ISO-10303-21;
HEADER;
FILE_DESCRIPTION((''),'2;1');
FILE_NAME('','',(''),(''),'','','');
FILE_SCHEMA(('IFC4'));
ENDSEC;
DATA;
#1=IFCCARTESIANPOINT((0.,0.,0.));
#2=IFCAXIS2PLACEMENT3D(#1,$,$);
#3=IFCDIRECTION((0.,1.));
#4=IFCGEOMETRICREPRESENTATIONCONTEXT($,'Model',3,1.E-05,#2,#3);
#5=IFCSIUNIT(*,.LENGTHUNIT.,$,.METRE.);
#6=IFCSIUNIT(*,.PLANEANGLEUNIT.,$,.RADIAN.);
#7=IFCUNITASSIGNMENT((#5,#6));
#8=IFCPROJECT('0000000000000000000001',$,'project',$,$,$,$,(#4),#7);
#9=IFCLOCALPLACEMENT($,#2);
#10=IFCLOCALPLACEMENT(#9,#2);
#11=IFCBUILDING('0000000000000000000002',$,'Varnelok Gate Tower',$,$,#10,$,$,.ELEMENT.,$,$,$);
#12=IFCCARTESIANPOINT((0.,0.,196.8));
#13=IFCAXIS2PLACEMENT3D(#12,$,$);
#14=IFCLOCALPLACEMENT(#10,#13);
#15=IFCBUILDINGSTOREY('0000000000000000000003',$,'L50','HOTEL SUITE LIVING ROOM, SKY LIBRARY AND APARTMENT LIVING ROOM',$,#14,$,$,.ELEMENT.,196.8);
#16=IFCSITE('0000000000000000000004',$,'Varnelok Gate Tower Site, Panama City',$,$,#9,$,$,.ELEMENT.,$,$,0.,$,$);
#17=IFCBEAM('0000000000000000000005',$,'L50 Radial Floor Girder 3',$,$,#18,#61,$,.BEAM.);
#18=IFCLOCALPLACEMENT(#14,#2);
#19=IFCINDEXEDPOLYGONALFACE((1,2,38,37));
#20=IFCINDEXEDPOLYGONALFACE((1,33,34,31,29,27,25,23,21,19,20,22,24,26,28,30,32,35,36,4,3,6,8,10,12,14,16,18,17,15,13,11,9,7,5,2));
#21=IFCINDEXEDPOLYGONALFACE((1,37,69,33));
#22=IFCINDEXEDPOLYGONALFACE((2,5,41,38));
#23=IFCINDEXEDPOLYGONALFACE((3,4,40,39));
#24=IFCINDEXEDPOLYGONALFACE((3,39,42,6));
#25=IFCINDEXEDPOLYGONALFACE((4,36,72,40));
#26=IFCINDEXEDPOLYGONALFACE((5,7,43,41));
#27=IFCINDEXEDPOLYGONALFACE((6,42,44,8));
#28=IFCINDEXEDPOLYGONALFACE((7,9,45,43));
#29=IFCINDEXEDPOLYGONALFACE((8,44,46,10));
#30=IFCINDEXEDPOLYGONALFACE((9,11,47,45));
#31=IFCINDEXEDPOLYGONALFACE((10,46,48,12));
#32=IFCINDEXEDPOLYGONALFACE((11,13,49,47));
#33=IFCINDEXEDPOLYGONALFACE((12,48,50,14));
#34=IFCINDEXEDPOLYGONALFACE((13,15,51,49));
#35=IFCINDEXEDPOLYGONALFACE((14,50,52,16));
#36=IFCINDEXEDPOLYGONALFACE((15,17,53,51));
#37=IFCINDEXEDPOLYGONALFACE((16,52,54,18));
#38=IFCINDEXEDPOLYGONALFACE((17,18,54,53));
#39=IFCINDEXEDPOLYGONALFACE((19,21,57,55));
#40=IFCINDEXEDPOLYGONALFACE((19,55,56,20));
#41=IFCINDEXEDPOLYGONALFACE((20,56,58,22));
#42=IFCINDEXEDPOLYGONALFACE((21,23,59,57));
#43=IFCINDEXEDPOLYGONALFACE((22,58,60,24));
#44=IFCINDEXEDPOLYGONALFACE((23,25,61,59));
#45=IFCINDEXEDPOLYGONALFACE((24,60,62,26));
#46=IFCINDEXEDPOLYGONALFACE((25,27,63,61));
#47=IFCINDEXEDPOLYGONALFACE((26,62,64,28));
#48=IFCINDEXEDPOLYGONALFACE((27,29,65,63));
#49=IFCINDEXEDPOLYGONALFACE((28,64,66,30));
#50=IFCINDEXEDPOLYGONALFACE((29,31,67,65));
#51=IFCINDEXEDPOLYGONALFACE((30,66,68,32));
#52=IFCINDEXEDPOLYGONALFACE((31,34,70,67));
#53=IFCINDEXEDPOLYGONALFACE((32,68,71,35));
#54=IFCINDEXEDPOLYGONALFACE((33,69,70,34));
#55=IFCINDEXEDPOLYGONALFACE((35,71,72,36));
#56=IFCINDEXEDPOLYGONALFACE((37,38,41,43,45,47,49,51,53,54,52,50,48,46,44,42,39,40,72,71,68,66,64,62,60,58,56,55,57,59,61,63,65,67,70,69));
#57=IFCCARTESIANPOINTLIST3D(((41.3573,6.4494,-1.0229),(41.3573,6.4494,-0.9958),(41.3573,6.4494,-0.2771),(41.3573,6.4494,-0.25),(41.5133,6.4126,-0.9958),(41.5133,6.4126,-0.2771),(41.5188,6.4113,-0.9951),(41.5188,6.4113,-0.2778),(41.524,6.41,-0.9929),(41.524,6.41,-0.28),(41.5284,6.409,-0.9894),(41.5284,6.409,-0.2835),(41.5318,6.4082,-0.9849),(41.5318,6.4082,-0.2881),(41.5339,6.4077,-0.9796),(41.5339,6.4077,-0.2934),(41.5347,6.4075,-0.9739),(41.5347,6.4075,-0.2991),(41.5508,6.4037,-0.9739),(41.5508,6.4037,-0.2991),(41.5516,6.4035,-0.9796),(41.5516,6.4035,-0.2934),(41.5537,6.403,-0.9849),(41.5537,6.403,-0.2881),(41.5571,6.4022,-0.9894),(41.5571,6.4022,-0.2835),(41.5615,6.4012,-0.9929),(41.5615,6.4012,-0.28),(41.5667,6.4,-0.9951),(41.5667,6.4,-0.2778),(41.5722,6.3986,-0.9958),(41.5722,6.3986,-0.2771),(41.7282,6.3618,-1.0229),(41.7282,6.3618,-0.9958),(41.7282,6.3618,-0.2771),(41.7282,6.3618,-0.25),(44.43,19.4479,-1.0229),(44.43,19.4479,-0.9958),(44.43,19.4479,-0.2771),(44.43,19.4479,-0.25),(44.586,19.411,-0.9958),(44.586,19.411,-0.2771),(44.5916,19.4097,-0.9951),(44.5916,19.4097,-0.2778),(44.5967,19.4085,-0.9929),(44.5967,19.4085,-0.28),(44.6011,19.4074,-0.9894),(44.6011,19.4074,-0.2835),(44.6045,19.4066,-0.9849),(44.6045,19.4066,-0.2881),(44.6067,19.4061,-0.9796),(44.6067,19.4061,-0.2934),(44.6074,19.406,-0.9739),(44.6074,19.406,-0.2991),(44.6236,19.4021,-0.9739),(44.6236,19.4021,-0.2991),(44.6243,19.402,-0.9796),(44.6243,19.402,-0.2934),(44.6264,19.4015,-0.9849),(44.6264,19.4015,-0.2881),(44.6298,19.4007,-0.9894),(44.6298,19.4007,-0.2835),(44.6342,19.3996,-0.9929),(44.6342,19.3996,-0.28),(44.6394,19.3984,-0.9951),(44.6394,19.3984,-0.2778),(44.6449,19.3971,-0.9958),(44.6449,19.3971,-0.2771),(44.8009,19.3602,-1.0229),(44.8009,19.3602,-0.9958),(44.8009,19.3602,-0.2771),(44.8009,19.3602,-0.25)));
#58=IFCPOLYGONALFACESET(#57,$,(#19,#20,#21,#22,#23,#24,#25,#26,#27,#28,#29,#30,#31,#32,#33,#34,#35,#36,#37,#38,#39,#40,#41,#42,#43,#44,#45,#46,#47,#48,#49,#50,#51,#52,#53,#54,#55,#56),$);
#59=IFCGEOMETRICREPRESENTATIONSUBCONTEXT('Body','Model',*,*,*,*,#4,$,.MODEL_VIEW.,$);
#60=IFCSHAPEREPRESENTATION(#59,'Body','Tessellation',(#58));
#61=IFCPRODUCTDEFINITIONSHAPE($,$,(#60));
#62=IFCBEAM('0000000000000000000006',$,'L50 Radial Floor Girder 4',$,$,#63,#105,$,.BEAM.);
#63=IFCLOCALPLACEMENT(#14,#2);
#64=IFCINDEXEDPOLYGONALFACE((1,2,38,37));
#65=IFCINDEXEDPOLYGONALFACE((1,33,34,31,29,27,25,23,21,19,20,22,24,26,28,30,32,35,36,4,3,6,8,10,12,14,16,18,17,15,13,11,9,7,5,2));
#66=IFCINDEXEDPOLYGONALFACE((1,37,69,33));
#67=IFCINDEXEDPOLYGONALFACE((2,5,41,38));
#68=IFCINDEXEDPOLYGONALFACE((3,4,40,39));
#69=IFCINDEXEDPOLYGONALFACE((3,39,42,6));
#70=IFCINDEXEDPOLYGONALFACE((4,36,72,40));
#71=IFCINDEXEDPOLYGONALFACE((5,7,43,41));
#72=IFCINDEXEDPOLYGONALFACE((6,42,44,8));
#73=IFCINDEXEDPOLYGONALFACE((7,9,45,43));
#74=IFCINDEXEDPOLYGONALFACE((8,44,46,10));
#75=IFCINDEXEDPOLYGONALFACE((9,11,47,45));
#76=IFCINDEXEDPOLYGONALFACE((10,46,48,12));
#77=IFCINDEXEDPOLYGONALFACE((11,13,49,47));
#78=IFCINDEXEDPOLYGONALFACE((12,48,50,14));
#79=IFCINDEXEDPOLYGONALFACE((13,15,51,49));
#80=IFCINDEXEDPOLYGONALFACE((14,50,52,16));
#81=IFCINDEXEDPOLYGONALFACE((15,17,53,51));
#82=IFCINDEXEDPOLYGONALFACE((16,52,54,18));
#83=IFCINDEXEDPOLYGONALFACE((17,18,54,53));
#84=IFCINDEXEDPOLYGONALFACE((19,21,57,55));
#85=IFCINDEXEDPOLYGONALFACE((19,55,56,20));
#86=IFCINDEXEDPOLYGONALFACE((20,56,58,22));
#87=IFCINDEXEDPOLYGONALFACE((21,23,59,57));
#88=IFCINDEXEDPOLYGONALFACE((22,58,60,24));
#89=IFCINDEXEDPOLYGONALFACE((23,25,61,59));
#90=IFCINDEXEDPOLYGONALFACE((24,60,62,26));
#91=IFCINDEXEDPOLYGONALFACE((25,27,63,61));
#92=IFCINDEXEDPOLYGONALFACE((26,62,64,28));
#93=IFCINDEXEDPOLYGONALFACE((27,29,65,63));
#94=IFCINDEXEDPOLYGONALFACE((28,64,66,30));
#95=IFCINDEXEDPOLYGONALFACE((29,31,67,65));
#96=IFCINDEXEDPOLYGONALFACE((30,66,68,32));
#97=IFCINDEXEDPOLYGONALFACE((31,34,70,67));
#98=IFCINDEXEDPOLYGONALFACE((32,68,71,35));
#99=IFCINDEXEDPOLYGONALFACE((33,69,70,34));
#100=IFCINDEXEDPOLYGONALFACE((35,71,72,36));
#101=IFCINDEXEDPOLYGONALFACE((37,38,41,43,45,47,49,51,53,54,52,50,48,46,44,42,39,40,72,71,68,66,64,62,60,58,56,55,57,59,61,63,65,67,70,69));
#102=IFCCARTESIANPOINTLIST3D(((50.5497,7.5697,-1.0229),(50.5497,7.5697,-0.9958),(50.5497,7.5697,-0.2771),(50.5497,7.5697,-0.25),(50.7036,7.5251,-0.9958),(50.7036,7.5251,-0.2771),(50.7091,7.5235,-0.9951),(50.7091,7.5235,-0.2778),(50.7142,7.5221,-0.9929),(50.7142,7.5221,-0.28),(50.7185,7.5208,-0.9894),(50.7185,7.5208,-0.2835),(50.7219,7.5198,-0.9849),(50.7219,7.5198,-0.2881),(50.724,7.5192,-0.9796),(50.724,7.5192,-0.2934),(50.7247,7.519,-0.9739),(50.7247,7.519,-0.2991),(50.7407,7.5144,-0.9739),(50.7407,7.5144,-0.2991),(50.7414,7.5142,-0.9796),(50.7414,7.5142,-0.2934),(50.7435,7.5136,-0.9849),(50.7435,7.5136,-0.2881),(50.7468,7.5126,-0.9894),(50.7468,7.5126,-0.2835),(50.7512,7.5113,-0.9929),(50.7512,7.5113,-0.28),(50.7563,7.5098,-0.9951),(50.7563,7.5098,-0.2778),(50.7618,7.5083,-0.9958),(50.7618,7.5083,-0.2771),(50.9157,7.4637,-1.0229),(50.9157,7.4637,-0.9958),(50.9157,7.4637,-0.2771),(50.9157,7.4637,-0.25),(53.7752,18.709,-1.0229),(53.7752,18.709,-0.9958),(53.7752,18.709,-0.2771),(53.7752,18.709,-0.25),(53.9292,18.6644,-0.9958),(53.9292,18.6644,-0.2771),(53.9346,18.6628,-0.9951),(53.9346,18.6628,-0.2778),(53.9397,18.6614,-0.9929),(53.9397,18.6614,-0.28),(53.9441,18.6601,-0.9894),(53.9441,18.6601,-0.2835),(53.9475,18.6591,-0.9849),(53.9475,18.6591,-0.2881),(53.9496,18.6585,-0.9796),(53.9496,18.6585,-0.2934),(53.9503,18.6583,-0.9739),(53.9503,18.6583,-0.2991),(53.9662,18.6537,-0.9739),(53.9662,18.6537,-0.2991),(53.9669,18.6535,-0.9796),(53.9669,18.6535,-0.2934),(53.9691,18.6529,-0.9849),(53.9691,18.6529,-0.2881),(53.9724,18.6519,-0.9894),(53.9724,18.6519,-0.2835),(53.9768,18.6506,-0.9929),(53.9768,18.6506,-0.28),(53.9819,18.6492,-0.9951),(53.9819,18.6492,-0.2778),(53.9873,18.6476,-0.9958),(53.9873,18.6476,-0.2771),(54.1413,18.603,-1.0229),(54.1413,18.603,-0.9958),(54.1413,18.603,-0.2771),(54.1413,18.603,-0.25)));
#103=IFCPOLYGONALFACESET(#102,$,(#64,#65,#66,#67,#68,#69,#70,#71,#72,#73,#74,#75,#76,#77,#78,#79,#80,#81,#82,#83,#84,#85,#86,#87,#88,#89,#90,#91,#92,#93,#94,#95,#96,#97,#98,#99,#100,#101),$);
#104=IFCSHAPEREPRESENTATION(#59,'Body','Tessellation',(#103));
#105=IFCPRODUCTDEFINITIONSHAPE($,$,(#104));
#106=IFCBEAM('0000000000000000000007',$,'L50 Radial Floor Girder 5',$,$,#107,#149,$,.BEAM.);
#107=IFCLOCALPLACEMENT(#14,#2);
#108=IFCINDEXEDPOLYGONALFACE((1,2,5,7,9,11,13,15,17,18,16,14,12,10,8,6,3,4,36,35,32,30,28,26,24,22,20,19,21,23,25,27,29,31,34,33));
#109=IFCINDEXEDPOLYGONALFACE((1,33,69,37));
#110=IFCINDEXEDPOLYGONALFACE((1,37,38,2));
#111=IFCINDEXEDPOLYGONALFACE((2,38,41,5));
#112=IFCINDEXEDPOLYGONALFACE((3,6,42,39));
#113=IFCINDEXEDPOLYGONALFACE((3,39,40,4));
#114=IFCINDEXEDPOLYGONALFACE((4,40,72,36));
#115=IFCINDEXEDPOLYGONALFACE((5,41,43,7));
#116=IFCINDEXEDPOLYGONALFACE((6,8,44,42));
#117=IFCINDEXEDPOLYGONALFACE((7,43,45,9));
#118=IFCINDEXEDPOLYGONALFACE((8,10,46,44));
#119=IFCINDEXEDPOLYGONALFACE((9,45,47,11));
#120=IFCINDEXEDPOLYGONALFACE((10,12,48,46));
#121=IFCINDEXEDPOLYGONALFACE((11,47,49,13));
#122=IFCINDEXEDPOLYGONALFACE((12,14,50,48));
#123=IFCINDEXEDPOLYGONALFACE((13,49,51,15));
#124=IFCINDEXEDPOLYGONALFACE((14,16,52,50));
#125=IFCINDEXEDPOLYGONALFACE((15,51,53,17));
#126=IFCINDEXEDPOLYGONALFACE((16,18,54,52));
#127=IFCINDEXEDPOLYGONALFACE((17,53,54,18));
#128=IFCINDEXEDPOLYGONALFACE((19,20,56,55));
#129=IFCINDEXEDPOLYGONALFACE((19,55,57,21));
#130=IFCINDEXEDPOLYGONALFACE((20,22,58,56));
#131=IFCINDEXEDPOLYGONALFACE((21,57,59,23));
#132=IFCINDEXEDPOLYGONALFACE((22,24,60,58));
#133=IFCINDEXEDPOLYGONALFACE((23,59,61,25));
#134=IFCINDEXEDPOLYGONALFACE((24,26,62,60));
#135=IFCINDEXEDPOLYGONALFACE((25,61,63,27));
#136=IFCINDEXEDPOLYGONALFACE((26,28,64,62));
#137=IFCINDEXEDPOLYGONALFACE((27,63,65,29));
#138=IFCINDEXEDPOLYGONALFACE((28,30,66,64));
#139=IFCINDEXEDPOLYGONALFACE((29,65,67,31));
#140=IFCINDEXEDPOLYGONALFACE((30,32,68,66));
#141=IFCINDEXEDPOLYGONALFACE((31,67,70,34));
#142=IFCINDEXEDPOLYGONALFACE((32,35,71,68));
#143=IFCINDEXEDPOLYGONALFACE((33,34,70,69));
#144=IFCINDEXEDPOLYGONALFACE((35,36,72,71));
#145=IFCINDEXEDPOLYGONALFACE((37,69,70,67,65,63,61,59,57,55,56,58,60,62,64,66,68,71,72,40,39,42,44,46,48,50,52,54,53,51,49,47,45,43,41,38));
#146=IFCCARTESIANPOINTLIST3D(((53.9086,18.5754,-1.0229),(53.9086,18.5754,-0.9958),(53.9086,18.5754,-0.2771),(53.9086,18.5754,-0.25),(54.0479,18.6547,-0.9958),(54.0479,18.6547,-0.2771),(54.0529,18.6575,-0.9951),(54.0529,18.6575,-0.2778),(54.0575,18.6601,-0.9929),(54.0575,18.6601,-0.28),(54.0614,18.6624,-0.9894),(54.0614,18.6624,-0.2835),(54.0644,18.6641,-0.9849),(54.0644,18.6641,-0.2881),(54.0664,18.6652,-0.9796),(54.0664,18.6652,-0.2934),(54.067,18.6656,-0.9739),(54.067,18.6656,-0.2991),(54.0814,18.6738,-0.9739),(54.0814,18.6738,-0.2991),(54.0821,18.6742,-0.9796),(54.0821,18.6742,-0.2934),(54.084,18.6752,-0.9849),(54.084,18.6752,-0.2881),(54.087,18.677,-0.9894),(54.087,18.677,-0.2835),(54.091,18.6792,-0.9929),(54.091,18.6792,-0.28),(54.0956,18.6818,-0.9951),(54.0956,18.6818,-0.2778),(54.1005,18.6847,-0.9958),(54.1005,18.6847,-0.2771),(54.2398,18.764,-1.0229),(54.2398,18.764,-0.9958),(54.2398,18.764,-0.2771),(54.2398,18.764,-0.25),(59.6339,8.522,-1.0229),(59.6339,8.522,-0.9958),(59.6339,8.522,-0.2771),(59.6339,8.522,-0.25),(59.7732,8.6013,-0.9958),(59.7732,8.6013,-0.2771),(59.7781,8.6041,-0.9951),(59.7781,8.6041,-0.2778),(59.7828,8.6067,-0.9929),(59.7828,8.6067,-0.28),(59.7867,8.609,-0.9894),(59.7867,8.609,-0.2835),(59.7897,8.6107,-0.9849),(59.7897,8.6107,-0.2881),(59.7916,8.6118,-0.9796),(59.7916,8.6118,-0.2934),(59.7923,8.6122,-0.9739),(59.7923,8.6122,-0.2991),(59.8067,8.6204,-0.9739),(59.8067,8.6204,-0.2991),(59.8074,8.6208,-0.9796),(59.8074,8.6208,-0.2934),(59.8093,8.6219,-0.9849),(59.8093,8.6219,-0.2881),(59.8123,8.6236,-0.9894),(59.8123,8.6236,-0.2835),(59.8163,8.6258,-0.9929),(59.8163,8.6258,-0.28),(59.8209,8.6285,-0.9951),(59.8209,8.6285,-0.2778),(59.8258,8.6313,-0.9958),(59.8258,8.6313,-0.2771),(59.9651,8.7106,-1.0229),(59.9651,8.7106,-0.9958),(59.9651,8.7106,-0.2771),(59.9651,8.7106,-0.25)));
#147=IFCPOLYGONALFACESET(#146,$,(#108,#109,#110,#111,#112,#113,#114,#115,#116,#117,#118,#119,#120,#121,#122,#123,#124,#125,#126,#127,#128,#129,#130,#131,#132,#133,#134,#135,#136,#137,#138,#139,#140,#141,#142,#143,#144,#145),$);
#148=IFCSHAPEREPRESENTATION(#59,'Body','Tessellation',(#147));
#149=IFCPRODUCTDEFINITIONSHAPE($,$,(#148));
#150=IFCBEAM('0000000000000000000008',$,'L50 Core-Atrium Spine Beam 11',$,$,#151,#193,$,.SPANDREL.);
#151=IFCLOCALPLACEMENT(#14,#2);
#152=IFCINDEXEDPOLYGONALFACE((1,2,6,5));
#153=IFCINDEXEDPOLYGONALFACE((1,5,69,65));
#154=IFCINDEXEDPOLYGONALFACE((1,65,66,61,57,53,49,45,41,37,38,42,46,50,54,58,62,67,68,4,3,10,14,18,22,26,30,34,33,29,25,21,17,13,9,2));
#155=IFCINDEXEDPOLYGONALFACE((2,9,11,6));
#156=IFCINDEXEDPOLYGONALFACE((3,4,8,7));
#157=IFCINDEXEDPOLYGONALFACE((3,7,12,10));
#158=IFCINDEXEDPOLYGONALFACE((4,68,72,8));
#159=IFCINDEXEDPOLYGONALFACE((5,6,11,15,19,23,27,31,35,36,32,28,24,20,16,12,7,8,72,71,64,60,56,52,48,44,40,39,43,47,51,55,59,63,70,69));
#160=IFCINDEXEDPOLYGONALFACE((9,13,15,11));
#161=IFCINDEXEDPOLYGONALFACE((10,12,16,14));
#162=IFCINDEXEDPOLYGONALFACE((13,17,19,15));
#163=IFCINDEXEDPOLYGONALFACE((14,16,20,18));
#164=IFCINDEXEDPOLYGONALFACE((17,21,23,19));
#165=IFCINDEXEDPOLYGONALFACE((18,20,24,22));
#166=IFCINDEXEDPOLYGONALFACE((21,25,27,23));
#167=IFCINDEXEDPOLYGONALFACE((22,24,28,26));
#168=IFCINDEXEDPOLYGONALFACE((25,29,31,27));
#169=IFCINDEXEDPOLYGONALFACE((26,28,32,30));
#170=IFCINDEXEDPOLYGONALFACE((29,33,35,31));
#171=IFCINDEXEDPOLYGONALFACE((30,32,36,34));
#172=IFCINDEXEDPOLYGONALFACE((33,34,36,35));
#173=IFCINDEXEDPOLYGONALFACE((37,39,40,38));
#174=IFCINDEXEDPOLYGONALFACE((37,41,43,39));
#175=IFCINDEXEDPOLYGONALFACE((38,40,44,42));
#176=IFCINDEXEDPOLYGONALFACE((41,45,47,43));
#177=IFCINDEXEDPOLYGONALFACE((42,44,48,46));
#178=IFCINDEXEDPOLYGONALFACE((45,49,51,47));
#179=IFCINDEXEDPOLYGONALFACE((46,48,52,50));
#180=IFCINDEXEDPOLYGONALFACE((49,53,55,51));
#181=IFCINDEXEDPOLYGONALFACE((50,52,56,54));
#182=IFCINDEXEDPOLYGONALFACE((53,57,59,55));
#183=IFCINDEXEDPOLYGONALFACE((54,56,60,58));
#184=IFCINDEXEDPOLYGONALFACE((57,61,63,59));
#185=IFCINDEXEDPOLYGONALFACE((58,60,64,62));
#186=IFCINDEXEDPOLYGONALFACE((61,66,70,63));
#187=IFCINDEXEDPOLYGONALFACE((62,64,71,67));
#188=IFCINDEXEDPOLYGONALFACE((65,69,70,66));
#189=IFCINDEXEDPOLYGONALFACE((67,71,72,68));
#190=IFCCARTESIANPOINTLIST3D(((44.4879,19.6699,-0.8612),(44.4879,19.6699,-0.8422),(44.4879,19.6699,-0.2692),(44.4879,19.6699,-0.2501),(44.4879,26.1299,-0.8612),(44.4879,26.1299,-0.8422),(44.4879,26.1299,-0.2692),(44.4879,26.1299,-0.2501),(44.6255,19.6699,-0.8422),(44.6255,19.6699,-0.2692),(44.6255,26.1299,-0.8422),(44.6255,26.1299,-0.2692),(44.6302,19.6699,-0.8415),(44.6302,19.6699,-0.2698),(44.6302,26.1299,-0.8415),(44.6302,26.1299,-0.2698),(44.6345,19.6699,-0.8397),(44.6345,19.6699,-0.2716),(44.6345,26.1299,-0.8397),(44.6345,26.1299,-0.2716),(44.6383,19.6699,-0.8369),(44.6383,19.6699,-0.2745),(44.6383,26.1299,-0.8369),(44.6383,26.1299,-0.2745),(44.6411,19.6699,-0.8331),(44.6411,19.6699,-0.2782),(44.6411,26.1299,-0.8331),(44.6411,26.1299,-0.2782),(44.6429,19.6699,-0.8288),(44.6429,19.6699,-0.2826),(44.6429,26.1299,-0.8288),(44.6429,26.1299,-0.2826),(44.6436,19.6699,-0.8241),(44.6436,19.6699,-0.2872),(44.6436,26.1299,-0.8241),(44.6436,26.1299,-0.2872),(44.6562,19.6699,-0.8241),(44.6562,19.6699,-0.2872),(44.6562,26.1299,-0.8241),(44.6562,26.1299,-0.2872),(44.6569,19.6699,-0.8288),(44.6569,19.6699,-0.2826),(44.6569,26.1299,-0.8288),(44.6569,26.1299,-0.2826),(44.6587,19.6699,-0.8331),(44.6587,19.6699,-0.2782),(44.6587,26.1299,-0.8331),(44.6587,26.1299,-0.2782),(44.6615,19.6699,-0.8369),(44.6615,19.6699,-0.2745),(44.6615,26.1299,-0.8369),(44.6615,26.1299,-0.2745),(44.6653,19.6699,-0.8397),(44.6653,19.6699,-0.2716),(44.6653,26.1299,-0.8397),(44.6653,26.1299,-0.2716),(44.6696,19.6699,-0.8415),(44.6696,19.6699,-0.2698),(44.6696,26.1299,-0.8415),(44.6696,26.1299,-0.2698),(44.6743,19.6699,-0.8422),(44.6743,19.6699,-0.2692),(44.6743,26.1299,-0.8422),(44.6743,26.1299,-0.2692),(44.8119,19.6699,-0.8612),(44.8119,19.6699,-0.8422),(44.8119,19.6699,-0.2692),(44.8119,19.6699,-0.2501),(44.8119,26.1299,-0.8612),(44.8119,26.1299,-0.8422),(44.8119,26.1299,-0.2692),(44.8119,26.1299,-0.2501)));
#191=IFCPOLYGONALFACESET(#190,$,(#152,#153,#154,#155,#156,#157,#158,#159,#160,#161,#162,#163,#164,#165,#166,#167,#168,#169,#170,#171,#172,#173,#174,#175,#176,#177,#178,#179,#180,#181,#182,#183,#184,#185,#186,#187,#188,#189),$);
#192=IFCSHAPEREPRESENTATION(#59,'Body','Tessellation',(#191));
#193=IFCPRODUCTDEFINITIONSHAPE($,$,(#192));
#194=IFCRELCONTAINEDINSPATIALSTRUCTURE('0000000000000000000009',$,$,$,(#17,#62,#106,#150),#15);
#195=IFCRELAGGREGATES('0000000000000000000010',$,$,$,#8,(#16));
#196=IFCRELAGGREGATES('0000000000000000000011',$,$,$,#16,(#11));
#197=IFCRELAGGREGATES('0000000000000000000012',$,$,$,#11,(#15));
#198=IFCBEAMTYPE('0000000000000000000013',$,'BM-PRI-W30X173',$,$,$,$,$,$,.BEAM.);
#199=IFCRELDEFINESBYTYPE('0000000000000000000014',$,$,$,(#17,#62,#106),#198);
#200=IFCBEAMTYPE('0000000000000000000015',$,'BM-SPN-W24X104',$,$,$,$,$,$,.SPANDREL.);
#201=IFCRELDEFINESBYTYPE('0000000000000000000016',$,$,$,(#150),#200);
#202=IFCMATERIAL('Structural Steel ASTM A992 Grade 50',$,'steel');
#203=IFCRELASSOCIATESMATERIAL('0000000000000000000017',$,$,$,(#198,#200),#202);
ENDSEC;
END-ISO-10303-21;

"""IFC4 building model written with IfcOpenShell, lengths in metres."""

from ifc_helpers import new_model, si_unit, direction, frame, origin, origin_2d, place, context, subcontext, project, spatial, i_section, extrude, material, material_profile, profile_set, type_object, element, save


model = new_model("IFC4")

# Units and contexts
model_context = context("Model", 3, precision=1e-05, world=origin(), true_north=direction((0.0, 1.0)))
body_context = subcontext(model_context, "Body", "Model", "MODEL_VIEW")
ifc_project = project(units=[si_unit("LENGTHUNIT", "METRE"), si_unit("PLANEANGLEUNIT", "RADIAN")], contexts=[model_context])

# Site, building, storey
site_placement = place(None, origin())
site = spatial("IfcSite", under=ifc_project, at=site_placement, Name="Varnelok Gate Tower Site, Panama City", CompositionType="ELEMENT", RefElevation=0.0)
building_placement = place(site_placement, origin())
building = spatial("IfcBuilding", under=site, at=building_placement, Name="Varnelok Gate Tower", CompositionType="ELEMENT")
storey_placement = place(building_placement, frame((0.0, 0.0, 196.8)))
storey = spatial("IfcBuildingStorey", under=building, at=storey_placement, Name="L50", Description="HOTEL SUITE LIVING ROOM, SKY LIBRARY AND APARTMENT LIVING ROOM", CompositionType="ELEMENT", Elevation=196.8)

# Shared definitions
ifc_material_1 = material(Name="Structural Steel ASTM A992 Grade 50", Category="steel")

# Beams
ifc_material_profile_1 = material_profile(ifc_material_1, i_section(OverallWidth=0.3811, OverallDepth=0.7729, WebThickness=0.0166, FlangeThickness=0.0271, FilletRadius=0.022, at=origin_2d()), Name="W30X173")
ifc_profile_set_1 = profile_set([ifc_material_profile_1], Name="Structural Steel ASTM A992 Grade 50")
beam_type_1 = type_object("IfcBeamType", Name="BM-PRI-W30X173", PredefinedType="BEAM", material=ifc_profile_set_1)
beam_1_placement = place(storey_placement, frame((44.6155, 19.4041, -0.6365), z_axis=(-0.230052, -0.973178, 0.0), x_axis=(0.973178, -0.230052, 0.0)))
element("IfcBeam", 1, at=beam_1_placement, inside=storey, type_object=beam_type_1, Name="L50 Radial Floor Girder 3", PredefinedType="BEAM", context=body_context, shape_type="SweptSolid", body=[
    extrude(i_section(OverallWidth=0.3811, OverallDepth=0.7729, WebThickness=0.0166, FlangeThickness=0.0271, FilletRadius=0.022, at=origin_2d()), origin(), (0.0, 0.0, 1.0), 13.3567),
])
beam_2_placement = place(storey_placement, frame((53.9583, 18.656, -0.6365), z_axis=(-0.278139, -0.960541, 0.0), x_axis=(0.960541, -0.278139, 0.0)))
element("IfcBeam", 2, at=beam_2_placement, inside=storey, type_object=beam_type_1, Name="L50 Radial Floor Girder 4", PredefinedType="BEAM", context=body_context, shape_type="SweptSolid", body=[
    extrude(i_section(OverallWidth=0.3811, OverallDepth=0.7729, WebThickness=0.0166, FlangeThickness=0.0271, FilletRadius=0.022, at=origin_2d()), origin(), (0.0, 0.0, 1.0), 11.5969),
])
beam_3_placement = place(storey_placement, frame((54.0742, 18.6697, -0.6365), z_axis=(0.494868, -0.868968, 0.0), x_axis=(0.868968, 0.494868, 0.0)))
element("IfcBeam", 3, at=beam_3_placement, inside=storey, type_object=beam_type_1, Name="L50 Radial Floor Girder 5", PredefinedType="BEAM", context=body_context, shape_type="SweptSolid", body=[
    extrude(i_section(OverallWidth=0.3811, OverallDepth=0.7729, WebThickness=0.0166, FlangeThickness=0.0271, FilletRadius=0.022, at=origin_2d()), origin(), (0.0, 0.0, 1.0), 11.5693),
])
ifc_material_profile_2 = material_profile(ifc_material_1, i_section(OverallWidth=0.324, OverallDepth=0.6111, WebThickness=0.0127, FlangeThickness=0.019, FilletRadius=0.0181, at=origin_2d()), Name="W24X104")
ifc_profile_set_2 = profile_set([ifc_material_profile_2], Name="Structural Steel ASTM A992 Grade 50")
beam_type_2 = type_object("IfcBeamType", Name="BM-SPN-W24X104", PredefinedType="SPANDREL", material=ifc_profile_set_2)
beam_4_placement = place(storey_placement, frame((44.6499, 19.6699, -0.5557), z_axis=(0.0, 1.0, 0.0), x_axis=(-1.0, 0.0, 0.0)))
element("IfcBeam", 4, at=beam_4_placement, inside=storey, type_object=beam_type_2, Name="L50 Core-Atrium Spine Beam 11", PredefinedType="SPANDREL", context=body_context, shape_type="SweptSolid", body=[
    extrude(i_section(OverallWidth=0.324, OverallDepth=0.6111, WebThickness=0.0127, FlangeThickness=0.019, FilletRadius=0.0181, at=origin_2d()), origin(), (0.0, 0.0, 1.0), 6.46),
])

save(model, "model.ifc")
